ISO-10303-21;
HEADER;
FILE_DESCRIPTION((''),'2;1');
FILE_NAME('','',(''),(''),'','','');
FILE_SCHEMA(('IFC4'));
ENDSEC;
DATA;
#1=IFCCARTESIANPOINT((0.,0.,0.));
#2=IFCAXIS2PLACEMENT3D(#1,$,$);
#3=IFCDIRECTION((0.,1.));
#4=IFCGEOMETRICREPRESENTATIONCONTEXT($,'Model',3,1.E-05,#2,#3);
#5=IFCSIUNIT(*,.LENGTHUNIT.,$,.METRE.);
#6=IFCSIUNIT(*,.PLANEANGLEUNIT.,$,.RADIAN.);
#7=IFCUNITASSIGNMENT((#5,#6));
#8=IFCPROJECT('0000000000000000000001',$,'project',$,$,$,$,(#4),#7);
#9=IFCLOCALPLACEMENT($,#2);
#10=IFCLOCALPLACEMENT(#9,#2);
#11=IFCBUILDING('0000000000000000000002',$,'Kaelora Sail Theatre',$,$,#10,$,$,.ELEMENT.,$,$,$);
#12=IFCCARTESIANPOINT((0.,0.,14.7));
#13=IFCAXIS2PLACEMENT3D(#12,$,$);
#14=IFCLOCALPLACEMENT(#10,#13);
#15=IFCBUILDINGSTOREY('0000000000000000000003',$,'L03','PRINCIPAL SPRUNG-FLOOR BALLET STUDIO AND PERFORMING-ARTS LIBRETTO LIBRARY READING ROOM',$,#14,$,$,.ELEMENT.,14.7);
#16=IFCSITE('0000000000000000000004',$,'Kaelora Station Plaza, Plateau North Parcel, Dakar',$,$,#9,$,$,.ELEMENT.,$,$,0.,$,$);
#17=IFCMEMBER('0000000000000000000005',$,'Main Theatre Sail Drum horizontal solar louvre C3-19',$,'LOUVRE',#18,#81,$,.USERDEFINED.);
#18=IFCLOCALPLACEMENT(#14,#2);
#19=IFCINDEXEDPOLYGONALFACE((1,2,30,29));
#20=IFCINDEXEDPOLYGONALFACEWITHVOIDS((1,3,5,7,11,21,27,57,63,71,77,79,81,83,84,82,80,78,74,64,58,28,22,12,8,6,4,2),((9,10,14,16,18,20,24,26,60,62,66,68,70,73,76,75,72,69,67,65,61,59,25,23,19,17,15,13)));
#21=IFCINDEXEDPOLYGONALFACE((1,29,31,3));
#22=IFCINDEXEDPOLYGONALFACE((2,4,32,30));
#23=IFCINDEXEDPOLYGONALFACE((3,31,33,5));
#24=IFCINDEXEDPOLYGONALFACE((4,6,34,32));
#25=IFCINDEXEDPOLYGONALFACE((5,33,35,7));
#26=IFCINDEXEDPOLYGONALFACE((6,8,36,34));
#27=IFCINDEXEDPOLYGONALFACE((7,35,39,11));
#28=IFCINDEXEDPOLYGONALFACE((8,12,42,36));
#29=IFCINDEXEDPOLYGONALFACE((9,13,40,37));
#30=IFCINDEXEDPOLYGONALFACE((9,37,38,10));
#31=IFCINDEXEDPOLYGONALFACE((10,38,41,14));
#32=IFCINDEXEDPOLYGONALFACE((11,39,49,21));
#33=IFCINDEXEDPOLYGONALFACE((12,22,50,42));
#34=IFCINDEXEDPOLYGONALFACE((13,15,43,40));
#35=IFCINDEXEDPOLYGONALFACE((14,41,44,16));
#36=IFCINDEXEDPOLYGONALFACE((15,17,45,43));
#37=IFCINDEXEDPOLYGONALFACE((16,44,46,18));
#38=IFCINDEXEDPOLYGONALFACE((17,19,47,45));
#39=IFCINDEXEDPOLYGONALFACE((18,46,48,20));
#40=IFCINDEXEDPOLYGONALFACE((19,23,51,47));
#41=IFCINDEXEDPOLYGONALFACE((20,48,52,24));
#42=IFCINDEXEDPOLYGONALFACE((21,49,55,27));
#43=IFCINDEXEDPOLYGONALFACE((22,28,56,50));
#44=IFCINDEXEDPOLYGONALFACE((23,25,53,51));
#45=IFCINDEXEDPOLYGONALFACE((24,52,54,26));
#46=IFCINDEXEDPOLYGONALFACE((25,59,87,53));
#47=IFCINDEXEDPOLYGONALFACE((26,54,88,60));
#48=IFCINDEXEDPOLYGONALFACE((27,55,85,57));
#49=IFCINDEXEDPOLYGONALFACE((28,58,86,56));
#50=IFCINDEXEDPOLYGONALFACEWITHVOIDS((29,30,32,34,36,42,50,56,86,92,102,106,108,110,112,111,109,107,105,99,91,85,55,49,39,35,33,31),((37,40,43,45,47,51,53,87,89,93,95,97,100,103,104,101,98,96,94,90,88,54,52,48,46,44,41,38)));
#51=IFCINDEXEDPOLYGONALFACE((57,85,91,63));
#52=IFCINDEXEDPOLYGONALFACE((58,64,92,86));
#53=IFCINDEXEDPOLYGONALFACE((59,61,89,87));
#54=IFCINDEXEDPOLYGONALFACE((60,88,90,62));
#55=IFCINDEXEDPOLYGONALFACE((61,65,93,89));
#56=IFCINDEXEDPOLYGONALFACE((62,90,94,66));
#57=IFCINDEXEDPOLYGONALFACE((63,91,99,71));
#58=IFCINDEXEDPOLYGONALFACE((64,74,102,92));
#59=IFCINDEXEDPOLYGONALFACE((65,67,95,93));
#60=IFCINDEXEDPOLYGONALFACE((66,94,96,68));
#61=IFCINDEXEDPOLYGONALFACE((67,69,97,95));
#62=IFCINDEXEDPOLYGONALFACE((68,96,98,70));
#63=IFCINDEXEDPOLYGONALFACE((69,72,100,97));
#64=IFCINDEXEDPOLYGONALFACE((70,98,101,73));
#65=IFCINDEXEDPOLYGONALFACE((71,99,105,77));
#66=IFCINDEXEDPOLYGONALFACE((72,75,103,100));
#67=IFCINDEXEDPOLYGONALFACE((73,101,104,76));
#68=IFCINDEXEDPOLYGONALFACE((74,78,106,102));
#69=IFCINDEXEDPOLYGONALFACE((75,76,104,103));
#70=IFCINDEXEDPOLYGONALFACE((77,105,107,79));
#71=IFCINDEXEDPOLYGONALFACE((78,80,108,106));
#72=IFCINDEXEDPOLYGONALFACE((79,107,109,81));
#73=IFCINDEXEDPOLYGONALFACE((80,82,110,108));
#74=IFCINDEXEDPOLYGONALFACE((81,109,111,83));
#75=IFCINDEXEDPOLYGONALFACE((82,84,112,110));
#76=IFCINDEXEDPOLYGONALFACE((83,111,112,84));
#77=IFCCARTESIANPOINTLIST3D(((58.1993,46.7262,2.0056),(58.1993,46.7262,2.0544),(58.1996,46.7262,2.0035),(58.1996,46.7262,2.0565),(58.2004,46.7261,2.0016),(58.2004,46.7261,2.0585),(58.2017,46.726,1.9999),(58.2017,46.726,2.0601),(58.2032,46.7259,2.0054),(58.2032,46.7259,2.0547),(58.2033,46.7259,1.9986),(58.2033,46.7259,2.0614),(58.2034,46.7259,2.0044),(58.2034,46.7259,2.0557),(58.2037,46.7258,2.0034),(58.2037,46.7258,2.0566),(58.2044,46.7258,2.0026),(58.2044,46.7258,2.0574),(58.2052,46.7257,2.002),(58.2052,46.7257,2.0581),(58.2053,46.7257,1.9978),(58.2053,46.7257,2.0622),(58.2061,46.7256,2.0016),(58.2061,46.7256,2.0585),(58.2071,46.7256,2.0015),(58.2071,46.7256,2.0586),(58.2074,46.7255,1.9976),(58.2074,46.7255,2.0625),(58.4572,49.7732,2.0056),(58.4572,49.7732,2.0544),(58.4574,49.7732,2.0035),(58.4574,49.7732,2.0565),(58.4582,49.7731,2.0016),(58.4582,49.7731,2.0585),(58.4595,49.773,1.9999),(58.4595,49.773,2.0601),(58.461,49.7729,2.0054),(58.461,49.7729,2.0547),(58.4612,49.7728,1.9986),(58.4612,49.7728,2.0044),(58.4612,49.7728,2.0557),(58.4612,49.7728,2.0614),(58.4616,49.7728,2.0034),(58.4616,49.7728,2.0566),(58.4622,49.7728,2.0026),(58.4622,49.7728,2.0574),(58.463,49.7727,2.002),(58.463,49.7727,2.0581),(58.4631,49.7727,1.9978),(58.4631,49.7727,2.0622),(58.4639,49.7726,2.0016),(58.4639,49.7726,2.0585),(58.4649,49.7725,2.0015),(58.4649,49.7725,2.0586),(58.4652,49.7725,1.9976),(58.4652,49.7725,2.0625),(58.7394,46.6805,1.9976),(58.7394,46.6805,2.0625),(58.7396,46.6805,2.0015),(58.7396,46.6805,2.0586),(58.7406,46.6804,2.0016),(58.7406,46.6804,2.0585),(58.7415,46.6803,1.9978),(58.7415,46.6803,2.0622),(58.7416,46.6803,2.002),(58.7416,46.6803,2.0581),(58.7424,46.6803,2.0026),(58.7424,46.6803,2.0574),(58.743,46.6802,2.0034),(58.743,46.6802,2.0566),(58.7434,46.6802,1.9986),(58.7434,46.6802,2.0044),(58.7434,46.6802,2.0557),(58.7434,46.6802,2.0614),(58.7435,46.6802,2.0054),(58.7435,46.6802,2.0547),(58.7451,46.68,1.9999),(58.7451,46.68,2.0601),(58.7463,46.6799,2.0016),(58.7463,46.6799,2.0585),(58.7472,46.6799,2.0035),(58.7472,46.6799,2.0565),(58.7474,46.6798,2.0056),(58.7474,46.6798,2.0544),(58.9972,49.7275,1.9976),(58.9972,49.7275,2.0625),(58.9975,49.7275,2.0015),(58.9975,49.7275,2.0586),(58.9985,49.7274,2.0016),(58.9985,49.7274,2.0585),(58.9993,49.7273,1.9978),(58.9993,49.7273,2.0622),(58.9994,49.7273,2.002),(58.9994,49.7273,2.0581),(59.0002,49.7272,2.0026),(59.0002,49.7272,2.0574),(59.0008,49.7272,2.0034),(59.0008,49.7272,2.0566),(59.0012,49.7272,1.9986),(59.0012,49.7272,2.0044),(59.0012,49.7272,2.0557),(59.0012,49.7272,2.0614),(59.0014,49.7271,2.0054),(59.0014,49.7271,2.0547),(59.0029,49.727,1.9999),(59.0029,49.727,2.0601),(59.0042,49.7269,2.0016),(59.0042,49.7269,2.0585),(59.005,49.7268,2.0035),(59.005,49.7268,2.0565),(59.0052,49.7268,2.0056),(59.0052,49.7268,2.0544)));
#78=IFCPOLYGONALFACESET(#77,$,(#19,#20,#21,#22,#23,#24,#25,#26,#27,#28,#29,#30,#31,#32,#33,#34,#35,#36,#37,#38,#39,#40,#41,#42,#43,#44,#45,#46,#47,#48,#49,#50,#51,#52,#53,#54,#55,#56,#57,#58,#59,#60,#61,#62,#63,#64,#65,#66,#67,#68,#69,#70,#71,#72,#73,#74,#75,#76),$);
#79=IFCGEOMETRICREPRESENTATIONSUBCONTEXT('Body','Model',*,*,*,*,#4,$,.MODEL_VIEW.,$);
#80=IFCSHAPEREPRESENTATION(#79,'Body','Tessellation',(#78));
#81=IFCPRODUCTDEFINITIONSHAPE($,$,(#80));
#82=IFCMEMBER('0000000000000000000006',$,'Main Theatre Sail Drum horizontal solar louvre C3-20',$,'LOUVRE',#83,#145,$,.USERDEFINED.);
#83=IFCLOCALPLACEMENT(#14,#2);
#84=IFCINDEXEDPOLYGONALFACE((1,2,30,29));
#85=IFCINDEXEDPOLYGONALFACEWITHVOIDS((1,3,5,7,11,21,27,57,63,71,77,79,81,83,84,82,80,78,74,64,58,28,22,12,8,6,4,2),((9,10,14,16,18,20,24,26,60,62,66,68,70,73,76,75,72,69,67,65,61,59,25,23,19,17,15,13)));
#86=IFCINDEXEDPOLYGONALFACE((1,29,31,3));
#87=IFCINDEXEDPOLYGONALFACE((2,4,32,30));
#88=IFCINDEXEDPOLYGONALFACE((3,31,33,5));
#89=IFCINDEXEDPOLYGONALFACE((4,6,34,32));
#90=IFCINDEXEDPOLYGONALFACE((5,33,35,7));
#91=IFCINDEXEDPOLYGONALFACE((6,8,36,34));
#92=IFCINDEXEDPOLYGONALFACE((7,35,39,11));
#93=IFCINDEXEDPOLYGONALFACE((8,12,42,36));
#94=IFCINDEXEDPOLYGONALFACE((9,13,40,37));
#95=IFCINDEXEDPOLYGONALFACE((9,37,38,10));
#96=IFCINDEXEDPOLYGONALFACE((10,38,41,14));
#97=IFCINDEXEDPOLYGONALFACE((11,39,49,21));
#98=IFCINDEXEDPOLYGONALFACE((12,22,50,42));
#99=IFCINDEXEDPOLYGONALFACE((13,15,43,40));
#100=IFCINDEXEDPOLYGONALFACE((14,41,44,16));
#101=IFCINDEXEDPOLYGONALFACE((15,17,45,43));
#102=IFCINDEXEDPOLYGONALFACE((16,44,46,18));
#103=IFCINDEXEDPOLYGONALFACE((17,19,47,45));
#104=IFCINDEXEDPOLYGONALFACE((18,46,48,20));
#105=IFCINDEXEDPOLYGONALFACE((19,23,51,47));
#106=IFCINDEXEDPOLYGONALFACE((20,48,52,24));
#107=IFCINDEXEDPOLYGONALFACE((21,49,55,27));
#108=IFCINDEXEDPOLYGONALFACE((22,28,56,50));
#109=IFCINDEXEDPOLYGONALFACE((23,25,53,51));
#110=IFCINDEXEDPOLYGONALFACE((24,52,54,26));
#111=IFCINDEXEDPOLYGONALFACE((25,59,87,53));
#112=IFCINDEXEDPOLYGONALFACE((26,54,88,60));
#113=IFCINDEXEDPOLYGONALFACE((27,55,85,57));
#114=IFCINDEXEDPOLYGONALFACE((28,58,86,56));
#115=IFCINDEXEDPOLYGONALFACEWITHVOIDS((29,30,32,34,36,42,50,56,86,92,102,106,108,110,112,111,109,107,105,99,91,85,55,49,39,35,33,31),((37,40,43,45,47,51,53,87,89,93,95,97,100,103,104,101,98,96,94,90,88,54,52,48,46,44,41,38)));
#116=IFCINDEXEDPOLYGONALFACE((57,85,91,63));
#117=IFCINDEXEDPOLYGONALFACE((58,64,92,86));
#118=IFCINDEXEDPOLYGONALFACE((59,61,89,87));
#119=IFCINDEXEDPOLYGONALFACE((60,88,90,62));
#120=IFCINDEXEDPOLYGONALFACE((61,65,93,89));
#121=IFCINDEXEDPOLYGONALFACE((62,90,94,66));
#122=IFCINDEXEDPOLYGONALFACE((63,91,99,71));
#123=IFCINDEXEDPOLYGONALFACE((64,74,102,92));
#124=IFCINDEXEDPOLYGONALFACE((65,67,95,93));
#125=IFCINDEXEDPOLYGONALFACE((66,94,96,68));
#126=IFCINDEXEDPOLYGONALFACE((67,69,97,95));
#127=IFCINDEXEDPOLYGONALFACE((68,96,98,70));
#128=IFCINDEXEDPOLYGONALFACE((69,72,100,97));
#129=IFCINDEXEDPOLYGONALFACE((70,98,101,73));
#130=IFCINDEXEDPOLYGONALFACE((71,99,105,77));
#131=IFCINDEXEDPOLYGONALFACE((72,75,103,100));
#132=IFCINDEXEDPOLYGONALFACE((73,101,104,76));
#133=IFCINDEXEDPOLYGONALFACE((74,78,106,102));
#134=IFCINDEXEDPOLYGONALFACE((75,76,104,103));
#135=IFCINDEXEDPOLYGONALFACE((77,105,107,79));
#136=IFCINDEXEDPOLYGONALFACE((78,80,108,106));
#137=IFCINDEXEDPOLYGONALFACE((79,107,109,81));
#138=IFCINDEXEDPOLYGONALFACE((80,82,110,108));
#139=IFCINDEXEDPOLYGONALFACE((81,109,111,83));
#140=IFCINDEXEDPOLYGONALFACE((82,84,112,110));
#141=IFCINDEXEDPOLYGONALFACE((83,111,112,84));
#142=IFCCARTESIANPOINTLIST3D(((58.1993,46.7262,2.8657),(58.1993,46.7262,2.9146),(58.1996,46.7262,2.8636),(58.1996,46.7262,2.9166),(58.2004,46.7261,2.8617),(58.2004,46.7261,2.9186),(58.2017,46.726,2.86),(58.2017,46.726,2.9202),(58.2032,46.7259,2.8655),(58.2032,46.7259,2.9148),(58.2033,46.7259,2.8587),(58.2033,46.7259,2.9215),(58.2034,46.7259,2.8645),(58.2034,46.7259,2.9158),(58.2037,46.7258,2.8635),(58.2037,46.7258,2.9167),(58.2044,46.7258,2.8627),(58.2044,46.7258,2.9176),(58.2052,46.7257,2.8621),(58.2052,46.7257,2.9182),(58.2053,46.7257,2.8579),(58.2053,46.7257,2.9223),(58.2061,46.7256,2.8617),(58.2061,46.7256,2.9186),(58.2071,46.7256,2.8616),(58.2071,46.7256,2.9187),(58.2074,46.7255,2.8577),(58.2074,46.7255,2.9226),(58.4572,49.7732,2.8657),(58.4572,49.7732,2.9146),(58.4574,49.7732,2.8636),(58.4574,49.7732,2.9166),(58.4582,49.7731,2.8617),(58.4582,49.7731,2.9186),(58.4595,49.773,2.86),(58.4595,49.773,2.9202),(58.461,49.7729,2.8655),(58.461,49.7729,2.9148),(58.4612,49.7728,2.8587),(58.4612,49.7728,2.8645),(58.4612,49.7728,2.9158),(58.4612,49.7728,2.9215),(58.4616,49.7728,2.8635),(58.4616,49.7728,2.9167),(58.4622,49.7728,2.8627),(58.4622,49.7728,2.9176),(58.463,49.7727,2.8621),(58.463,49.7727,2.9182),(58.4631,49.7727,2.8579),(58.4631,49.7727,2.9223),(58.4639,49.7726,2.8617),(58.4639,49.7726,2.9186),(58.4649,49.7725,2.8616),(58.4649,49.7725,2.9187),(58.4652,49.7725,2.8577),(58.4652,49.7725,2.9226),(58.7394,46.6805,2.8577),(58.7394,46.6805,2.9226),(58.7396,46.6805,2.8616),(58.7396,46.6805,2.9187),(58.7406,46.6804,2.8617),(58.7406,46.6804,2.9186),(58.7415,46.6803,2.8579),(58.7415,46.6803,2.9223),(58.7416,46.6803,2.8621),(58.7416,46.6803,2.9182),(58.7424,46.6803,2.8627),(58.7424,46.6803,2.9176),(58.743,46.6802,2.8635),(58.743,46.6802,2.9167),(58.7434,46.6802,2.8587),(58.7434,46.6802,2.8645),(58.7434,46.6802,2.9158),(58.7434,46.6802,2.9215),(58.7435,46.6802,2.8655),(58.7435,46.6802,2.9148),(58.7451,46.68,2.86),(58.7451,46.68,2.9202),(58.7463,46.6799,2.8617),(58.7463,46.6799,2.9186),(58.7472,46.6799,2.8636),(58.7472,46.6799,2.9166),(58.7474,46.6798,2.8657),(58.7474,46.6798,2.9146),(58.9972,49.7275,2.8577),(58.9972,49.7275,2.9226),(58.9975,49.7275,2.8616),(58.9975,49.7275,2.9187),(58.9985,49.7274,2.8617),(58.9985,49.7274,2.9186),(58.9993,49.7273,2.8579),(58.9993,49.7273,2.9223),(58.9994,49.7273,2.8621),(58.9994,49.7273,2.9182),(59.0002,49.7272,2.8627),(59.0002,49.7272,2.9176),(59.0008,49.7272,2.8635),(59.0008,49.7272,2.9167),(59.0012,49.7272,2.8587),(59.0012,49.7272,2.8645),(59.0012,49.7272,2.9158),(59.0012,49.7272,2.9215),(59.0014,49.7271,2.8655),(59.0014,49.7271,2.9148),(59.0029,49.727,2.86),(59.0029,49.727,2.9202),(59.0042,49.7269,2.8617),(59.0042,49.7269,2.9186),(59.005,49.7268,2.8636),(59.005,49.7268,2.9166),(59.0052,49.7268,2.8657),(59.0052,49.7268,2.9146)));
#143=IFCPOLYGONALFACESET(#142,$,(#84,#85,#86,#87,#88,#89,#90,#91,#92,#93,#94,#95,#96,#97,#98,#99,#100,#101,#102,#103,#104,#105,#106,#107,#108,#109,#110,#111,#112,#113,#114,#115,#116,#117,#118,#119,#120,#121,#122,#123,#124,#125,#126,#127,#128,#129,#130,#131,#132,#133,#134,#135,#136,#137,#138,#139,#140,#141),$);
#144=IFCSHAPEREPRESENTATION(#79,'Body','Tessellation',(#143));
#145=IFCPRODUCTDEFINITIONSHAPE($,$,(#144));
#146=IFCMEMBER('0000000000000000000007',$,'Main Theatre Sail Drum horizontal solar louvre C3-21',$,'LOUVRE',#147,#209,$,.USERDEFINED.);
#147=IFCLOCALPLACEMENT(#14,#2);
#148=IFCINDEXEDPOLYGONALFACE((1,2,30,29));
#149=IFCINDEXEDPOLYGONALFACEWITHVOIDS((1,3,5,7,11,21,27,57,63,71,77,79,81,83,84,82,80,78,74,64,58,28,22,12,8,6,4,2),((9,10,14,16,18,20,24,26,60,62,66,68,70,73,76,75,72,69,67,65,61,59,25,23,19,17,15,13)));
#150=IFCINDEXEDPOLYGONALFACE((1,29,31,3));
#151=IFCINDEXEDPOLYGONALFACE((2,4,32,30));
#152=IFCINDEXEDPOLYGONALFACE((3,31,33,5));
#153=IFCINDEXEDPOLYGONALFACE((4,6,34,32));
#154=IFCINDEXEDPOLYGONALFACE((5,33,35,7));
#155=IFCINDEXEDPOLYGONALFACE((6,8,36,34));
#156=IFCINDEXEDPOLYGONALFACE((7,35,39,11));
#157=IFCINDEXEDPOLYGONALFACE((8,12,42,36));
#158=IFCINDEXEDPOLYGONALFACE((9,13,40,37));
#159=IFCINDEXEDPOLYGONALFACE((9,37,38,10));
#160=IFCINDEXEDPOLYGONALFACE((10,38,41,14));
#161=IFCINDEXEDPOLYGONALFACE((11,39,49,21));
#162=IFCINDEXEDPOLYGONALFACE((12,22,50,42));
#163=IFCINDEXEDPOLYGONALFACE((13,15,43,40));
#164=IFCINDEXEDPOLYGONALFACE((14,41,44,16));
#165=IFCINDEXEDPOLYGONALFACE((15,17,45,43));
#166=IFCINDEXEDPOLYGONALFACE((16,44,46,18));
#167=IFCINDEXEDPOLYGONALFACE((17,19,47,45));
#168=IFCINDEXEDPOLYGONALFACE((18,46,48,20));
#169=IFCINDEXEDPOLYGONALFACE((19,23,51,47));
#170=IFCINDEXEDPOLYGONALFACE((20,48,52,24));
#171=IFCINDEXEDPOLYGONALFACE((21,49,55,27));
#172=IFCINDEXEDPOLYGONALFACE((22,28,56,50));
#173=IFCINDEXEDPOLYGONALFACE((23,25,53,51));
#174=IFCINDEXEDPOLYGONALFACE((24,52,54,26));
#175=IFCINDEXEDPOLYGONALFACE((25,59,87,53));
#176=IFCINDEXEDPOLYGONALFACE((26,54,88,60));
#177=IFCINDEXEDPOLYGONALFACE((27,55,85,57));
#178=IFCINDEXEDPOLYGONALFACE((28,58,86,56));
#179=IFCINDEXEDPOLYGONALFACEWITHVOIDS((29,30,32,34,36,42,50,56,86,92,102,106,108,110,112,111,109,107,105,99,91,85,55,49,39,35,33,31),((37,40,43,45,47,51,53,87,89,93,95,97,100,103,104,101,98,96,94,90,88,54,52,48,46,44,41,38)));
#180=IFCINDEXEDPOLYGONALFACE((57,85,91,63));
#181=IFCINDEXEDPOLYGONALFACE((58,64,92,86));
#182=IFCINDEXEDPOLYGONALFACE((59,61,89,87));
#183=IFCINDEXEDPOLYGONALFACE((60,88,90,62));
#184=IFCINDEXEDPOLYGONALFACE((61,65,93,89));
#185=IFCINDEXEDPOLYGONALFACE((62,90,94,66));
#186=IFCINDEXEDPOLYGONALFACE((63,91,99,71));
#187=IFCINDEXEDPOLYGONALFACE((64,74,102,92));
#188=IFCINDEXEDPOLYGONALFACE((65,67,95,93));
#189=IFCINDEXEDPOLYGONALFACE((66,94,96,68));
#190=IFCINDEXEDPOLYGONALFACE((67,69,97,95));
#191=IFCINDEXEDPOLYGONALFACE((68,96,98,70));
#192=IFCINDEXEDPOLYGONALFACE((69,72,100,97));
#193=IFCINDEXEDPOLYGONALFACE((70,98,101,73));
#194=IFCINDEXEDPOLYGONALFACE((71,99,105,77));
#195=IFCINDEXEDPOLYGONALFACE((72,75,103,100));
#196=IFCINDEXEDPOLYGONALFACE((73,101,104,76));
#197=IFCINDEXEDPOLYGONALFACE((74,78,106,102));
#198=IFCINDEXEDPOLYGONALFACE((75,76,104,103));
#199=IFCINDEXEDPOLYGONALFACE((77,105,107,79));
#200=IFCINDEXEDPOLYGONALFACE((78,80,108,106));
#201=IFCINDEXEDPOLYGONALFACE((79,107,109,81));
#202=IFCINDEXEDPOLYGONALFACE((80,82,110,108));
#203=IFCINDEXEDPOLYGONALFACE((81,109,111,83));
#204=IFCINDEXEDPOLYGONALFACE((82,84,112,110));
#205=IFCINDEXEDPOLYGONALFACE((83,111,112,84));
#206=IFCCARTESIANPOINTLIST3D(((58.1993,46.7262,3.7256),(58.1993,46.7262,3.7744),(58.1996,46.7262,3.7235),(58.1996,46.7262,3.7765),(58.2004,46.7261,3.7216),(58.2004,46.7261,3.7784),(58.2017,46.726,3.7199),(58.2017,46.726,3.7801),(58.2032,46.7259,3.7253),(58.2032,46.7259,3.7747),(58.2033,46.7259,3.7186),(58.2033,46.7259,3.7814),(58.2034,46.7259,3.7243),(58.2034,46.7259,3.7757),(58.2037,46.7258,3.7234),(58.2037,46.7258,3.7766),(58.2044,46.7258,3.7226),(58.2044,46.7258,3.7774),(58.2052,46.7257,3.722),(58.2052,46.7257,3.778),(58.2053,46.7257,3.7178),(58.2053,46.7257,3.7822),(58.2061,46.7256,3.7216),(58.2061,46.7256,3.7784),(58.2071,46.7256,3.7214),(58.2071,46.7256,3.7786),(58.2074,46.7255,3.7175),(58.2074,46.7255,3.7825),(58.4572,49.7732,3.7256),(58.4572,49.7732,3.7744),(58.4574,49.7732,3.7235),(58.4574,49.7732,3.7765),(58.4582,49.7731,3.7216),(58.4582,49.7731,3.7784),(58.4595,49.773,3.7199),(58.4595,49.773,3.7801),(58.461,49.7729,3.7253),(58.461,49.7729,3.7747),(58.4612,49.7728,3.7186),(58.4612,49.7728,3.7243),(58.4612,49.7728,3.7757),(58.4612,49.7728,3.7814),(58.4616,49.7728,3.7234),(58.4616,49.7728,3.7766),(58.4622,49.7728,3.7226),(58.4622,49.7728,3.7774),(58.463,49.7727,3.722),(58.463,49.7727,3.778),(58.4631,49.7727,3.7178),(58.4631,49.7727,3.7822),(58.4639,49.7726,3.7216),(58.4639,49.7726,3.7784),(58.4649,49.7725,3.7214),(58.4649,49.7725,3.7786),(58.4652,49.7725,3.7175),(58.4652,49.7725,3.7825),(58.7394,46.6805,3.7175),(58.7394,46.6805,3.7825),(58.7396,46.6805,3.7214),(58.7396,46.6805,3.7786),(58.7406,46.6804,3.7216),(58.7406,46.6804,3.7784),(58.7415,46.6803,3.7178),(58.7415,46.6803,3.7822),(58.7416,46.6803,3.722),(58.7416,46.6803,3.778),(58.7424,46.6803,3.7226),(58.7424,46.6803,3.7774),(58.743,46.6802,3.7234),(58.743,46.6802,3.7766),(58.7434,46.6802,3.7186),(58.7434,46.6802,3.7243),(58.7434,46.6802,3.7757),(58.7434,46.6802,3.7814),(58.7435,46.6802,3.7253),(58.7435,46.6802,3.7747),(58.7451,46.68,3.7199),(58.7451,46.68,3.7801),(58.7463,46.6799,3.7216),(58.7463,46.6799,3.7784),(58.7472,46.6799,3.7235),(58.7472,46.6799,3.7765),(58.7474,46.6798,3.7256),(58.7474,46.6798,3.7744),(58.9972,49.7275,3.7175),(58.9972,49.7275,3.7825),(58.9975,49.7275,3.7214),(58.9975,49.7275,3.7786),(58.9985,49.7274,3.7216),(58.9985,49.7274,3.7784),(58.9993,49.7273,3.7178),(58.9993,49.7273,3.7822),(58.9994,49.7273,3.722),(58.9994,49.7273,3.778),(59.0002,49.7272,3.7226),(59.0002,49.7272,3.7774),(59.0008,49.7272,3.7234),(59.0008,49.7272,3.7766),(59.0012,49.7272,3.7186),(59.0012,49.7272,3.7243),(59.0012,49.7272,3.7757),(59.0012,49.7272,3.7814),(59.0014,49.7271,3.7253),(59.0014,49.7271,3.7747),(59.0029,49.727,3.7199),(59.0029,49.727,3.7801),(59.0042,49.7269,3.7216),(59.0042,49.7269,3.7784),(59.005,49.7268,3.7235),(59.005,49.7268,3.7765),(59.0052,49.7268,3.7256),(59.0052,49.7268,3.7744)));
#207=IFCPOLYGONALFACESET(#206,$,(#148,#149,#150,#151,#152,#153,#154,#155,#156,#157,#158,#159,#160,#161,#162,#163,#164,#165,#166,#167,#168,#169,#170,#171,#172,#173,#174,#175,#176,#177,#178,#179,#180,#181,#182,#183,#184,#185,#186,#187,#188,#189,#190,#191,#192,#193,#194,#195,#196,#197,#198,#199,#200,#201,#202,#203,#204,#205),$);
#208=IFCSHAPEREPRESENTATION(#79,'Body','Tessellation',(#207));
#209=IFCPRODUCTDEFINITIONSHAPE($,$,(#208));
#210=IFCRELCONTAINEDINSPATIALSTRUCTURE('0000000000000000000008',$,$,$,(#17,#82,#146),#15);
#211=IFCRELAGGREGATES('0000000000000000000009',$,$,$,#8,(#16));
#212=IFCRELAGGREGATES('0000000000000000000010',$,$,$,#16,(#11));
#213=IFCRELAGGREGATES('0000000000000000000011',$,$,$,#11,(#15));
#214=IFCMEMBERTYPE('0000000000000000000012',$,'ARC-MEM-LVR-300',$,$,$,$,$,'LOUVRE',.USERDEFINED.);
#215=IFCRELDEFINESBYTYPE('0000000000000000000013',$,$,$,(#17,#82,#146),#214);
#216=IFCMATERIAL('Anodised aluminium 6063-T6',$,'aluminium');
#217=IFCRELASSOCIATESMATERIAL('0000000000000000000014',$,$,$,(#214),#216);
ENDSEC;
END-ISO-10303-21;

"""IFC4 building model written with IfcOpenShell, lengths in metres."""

from ifc_helpers import new_model, si_unit, direction, frame, origin, origin_2d, place, context, subcontext, project, spatial, hollow_rectangle, extrude, material, material_profile, profile_set, type_object, element, save


model = new_model("IFC4")

# Units and contexts
model_context = context("Model", 3, precision=1e-05, world=origin(), true_north=direction((0.0, 1.0)))
body_context = subcontext(model_context, "Body", "Model", "MODEL_VIEW")
ifc_project = project(units=[si_unit("LENGTHUNIT", "METRE"), si_unit("PLANEANGLEUNIT", "RADIAN")], contexts=[model_context])

# Site, building, storey
site_placement = place(None, origin())
site = spatial("IfcSite", under=ifc_project, at=site_placement, Name="Kaelora Station Plaza, Plateau North Parcel, Dakar", CompositionType="ELEMENT", RefElevation=0.0)
building_placement = place(site_placement, origin())
building = spatial("IfcBuilding", under=site, at=building_placement, Name="Kaelora Sail Theatre", CompositionType="ELEMENT")
storey_placement = place(building_placement, frame((0.0, 0.0, 14.7)))
storey = spatial("IfcBuildingStorey", under=building, at=storey_placement, Name="L03", Description="PRINCIPAL SPRUNG-FLOOR BALLET STUDIO AND PERFORMING-ARTS LIBRETTO LIBRARY READING ROOM", CompositionType="ELEMENT", Elevation=14.7)

# Members
ifc_material_1 = material(Name="Anodised aluminium 6063-T6", Category="aluminium")
ifc_material_profile_1 = material_profile(ifc_material_1, hollow_rectangle(XDim=0.55, YDim=0.0649, WallThickness=0.0039, InnerFilletRadius=0.0039, OuterFilletRadius=0.0081, at=origin_2d()), Name="LOUVRE 550x65x4")
ifc_profile_set_1 = profile_set([ifc_material_profile_1], Name="Anodised aluminium 6063-T6")
member_type = type_object("IfcMemberType", Name="ARC-MEM-LVR-300", ElementType="LOUVRE", PredefinedType="USERDEFINED", material=ifc_profile_set_1)
for number, where, z_axis, x_axis, name in (
    (1, (58.7312, 49.75, 2.03), (-0.084314, -0.996439, 0.0), (0.996439, -0.084314, 0.0), "Main Theatre Sail Drum horizontal solar louvre C3-19"),
    (2, (58.7312, 49.75, 2.8901), (-0.084314, -0.996439, 0.0), (0.996439, -0.084314, 0.0), "Main Theatre Sail Drum horizontal solar louvre C3-20"),
    (3, (58.7312, 49.75, 3.75), (-0.084314, -0.996439, 0.0), (0.996439, -0.084314, 0.0), "Main Theatre Sail Drum horizontal solar louvre C3-21"),
):
    element("IfcMember", number, at=place(storey_placement, frame(where, z_axis=z_axis, x_axis=x_axis)), inside=storey, type_object=member_type, Name=name, ObjectType="LOUVRE", PredefinedType="USERDEFINED", context=body_context, shape_type="SweptSolid", body=[
        extrude(hollow_rectangle(XDim=0.55, YDim=0.0649, WallThickness=0.0039, InnerFilletRadius=0.0039, OuterFilletRadius=0.0081, at=origin_2d()), origin(), (0.0, 0.0, 1.0), 3.0579),
    ])

save(model, "model.ifc")
